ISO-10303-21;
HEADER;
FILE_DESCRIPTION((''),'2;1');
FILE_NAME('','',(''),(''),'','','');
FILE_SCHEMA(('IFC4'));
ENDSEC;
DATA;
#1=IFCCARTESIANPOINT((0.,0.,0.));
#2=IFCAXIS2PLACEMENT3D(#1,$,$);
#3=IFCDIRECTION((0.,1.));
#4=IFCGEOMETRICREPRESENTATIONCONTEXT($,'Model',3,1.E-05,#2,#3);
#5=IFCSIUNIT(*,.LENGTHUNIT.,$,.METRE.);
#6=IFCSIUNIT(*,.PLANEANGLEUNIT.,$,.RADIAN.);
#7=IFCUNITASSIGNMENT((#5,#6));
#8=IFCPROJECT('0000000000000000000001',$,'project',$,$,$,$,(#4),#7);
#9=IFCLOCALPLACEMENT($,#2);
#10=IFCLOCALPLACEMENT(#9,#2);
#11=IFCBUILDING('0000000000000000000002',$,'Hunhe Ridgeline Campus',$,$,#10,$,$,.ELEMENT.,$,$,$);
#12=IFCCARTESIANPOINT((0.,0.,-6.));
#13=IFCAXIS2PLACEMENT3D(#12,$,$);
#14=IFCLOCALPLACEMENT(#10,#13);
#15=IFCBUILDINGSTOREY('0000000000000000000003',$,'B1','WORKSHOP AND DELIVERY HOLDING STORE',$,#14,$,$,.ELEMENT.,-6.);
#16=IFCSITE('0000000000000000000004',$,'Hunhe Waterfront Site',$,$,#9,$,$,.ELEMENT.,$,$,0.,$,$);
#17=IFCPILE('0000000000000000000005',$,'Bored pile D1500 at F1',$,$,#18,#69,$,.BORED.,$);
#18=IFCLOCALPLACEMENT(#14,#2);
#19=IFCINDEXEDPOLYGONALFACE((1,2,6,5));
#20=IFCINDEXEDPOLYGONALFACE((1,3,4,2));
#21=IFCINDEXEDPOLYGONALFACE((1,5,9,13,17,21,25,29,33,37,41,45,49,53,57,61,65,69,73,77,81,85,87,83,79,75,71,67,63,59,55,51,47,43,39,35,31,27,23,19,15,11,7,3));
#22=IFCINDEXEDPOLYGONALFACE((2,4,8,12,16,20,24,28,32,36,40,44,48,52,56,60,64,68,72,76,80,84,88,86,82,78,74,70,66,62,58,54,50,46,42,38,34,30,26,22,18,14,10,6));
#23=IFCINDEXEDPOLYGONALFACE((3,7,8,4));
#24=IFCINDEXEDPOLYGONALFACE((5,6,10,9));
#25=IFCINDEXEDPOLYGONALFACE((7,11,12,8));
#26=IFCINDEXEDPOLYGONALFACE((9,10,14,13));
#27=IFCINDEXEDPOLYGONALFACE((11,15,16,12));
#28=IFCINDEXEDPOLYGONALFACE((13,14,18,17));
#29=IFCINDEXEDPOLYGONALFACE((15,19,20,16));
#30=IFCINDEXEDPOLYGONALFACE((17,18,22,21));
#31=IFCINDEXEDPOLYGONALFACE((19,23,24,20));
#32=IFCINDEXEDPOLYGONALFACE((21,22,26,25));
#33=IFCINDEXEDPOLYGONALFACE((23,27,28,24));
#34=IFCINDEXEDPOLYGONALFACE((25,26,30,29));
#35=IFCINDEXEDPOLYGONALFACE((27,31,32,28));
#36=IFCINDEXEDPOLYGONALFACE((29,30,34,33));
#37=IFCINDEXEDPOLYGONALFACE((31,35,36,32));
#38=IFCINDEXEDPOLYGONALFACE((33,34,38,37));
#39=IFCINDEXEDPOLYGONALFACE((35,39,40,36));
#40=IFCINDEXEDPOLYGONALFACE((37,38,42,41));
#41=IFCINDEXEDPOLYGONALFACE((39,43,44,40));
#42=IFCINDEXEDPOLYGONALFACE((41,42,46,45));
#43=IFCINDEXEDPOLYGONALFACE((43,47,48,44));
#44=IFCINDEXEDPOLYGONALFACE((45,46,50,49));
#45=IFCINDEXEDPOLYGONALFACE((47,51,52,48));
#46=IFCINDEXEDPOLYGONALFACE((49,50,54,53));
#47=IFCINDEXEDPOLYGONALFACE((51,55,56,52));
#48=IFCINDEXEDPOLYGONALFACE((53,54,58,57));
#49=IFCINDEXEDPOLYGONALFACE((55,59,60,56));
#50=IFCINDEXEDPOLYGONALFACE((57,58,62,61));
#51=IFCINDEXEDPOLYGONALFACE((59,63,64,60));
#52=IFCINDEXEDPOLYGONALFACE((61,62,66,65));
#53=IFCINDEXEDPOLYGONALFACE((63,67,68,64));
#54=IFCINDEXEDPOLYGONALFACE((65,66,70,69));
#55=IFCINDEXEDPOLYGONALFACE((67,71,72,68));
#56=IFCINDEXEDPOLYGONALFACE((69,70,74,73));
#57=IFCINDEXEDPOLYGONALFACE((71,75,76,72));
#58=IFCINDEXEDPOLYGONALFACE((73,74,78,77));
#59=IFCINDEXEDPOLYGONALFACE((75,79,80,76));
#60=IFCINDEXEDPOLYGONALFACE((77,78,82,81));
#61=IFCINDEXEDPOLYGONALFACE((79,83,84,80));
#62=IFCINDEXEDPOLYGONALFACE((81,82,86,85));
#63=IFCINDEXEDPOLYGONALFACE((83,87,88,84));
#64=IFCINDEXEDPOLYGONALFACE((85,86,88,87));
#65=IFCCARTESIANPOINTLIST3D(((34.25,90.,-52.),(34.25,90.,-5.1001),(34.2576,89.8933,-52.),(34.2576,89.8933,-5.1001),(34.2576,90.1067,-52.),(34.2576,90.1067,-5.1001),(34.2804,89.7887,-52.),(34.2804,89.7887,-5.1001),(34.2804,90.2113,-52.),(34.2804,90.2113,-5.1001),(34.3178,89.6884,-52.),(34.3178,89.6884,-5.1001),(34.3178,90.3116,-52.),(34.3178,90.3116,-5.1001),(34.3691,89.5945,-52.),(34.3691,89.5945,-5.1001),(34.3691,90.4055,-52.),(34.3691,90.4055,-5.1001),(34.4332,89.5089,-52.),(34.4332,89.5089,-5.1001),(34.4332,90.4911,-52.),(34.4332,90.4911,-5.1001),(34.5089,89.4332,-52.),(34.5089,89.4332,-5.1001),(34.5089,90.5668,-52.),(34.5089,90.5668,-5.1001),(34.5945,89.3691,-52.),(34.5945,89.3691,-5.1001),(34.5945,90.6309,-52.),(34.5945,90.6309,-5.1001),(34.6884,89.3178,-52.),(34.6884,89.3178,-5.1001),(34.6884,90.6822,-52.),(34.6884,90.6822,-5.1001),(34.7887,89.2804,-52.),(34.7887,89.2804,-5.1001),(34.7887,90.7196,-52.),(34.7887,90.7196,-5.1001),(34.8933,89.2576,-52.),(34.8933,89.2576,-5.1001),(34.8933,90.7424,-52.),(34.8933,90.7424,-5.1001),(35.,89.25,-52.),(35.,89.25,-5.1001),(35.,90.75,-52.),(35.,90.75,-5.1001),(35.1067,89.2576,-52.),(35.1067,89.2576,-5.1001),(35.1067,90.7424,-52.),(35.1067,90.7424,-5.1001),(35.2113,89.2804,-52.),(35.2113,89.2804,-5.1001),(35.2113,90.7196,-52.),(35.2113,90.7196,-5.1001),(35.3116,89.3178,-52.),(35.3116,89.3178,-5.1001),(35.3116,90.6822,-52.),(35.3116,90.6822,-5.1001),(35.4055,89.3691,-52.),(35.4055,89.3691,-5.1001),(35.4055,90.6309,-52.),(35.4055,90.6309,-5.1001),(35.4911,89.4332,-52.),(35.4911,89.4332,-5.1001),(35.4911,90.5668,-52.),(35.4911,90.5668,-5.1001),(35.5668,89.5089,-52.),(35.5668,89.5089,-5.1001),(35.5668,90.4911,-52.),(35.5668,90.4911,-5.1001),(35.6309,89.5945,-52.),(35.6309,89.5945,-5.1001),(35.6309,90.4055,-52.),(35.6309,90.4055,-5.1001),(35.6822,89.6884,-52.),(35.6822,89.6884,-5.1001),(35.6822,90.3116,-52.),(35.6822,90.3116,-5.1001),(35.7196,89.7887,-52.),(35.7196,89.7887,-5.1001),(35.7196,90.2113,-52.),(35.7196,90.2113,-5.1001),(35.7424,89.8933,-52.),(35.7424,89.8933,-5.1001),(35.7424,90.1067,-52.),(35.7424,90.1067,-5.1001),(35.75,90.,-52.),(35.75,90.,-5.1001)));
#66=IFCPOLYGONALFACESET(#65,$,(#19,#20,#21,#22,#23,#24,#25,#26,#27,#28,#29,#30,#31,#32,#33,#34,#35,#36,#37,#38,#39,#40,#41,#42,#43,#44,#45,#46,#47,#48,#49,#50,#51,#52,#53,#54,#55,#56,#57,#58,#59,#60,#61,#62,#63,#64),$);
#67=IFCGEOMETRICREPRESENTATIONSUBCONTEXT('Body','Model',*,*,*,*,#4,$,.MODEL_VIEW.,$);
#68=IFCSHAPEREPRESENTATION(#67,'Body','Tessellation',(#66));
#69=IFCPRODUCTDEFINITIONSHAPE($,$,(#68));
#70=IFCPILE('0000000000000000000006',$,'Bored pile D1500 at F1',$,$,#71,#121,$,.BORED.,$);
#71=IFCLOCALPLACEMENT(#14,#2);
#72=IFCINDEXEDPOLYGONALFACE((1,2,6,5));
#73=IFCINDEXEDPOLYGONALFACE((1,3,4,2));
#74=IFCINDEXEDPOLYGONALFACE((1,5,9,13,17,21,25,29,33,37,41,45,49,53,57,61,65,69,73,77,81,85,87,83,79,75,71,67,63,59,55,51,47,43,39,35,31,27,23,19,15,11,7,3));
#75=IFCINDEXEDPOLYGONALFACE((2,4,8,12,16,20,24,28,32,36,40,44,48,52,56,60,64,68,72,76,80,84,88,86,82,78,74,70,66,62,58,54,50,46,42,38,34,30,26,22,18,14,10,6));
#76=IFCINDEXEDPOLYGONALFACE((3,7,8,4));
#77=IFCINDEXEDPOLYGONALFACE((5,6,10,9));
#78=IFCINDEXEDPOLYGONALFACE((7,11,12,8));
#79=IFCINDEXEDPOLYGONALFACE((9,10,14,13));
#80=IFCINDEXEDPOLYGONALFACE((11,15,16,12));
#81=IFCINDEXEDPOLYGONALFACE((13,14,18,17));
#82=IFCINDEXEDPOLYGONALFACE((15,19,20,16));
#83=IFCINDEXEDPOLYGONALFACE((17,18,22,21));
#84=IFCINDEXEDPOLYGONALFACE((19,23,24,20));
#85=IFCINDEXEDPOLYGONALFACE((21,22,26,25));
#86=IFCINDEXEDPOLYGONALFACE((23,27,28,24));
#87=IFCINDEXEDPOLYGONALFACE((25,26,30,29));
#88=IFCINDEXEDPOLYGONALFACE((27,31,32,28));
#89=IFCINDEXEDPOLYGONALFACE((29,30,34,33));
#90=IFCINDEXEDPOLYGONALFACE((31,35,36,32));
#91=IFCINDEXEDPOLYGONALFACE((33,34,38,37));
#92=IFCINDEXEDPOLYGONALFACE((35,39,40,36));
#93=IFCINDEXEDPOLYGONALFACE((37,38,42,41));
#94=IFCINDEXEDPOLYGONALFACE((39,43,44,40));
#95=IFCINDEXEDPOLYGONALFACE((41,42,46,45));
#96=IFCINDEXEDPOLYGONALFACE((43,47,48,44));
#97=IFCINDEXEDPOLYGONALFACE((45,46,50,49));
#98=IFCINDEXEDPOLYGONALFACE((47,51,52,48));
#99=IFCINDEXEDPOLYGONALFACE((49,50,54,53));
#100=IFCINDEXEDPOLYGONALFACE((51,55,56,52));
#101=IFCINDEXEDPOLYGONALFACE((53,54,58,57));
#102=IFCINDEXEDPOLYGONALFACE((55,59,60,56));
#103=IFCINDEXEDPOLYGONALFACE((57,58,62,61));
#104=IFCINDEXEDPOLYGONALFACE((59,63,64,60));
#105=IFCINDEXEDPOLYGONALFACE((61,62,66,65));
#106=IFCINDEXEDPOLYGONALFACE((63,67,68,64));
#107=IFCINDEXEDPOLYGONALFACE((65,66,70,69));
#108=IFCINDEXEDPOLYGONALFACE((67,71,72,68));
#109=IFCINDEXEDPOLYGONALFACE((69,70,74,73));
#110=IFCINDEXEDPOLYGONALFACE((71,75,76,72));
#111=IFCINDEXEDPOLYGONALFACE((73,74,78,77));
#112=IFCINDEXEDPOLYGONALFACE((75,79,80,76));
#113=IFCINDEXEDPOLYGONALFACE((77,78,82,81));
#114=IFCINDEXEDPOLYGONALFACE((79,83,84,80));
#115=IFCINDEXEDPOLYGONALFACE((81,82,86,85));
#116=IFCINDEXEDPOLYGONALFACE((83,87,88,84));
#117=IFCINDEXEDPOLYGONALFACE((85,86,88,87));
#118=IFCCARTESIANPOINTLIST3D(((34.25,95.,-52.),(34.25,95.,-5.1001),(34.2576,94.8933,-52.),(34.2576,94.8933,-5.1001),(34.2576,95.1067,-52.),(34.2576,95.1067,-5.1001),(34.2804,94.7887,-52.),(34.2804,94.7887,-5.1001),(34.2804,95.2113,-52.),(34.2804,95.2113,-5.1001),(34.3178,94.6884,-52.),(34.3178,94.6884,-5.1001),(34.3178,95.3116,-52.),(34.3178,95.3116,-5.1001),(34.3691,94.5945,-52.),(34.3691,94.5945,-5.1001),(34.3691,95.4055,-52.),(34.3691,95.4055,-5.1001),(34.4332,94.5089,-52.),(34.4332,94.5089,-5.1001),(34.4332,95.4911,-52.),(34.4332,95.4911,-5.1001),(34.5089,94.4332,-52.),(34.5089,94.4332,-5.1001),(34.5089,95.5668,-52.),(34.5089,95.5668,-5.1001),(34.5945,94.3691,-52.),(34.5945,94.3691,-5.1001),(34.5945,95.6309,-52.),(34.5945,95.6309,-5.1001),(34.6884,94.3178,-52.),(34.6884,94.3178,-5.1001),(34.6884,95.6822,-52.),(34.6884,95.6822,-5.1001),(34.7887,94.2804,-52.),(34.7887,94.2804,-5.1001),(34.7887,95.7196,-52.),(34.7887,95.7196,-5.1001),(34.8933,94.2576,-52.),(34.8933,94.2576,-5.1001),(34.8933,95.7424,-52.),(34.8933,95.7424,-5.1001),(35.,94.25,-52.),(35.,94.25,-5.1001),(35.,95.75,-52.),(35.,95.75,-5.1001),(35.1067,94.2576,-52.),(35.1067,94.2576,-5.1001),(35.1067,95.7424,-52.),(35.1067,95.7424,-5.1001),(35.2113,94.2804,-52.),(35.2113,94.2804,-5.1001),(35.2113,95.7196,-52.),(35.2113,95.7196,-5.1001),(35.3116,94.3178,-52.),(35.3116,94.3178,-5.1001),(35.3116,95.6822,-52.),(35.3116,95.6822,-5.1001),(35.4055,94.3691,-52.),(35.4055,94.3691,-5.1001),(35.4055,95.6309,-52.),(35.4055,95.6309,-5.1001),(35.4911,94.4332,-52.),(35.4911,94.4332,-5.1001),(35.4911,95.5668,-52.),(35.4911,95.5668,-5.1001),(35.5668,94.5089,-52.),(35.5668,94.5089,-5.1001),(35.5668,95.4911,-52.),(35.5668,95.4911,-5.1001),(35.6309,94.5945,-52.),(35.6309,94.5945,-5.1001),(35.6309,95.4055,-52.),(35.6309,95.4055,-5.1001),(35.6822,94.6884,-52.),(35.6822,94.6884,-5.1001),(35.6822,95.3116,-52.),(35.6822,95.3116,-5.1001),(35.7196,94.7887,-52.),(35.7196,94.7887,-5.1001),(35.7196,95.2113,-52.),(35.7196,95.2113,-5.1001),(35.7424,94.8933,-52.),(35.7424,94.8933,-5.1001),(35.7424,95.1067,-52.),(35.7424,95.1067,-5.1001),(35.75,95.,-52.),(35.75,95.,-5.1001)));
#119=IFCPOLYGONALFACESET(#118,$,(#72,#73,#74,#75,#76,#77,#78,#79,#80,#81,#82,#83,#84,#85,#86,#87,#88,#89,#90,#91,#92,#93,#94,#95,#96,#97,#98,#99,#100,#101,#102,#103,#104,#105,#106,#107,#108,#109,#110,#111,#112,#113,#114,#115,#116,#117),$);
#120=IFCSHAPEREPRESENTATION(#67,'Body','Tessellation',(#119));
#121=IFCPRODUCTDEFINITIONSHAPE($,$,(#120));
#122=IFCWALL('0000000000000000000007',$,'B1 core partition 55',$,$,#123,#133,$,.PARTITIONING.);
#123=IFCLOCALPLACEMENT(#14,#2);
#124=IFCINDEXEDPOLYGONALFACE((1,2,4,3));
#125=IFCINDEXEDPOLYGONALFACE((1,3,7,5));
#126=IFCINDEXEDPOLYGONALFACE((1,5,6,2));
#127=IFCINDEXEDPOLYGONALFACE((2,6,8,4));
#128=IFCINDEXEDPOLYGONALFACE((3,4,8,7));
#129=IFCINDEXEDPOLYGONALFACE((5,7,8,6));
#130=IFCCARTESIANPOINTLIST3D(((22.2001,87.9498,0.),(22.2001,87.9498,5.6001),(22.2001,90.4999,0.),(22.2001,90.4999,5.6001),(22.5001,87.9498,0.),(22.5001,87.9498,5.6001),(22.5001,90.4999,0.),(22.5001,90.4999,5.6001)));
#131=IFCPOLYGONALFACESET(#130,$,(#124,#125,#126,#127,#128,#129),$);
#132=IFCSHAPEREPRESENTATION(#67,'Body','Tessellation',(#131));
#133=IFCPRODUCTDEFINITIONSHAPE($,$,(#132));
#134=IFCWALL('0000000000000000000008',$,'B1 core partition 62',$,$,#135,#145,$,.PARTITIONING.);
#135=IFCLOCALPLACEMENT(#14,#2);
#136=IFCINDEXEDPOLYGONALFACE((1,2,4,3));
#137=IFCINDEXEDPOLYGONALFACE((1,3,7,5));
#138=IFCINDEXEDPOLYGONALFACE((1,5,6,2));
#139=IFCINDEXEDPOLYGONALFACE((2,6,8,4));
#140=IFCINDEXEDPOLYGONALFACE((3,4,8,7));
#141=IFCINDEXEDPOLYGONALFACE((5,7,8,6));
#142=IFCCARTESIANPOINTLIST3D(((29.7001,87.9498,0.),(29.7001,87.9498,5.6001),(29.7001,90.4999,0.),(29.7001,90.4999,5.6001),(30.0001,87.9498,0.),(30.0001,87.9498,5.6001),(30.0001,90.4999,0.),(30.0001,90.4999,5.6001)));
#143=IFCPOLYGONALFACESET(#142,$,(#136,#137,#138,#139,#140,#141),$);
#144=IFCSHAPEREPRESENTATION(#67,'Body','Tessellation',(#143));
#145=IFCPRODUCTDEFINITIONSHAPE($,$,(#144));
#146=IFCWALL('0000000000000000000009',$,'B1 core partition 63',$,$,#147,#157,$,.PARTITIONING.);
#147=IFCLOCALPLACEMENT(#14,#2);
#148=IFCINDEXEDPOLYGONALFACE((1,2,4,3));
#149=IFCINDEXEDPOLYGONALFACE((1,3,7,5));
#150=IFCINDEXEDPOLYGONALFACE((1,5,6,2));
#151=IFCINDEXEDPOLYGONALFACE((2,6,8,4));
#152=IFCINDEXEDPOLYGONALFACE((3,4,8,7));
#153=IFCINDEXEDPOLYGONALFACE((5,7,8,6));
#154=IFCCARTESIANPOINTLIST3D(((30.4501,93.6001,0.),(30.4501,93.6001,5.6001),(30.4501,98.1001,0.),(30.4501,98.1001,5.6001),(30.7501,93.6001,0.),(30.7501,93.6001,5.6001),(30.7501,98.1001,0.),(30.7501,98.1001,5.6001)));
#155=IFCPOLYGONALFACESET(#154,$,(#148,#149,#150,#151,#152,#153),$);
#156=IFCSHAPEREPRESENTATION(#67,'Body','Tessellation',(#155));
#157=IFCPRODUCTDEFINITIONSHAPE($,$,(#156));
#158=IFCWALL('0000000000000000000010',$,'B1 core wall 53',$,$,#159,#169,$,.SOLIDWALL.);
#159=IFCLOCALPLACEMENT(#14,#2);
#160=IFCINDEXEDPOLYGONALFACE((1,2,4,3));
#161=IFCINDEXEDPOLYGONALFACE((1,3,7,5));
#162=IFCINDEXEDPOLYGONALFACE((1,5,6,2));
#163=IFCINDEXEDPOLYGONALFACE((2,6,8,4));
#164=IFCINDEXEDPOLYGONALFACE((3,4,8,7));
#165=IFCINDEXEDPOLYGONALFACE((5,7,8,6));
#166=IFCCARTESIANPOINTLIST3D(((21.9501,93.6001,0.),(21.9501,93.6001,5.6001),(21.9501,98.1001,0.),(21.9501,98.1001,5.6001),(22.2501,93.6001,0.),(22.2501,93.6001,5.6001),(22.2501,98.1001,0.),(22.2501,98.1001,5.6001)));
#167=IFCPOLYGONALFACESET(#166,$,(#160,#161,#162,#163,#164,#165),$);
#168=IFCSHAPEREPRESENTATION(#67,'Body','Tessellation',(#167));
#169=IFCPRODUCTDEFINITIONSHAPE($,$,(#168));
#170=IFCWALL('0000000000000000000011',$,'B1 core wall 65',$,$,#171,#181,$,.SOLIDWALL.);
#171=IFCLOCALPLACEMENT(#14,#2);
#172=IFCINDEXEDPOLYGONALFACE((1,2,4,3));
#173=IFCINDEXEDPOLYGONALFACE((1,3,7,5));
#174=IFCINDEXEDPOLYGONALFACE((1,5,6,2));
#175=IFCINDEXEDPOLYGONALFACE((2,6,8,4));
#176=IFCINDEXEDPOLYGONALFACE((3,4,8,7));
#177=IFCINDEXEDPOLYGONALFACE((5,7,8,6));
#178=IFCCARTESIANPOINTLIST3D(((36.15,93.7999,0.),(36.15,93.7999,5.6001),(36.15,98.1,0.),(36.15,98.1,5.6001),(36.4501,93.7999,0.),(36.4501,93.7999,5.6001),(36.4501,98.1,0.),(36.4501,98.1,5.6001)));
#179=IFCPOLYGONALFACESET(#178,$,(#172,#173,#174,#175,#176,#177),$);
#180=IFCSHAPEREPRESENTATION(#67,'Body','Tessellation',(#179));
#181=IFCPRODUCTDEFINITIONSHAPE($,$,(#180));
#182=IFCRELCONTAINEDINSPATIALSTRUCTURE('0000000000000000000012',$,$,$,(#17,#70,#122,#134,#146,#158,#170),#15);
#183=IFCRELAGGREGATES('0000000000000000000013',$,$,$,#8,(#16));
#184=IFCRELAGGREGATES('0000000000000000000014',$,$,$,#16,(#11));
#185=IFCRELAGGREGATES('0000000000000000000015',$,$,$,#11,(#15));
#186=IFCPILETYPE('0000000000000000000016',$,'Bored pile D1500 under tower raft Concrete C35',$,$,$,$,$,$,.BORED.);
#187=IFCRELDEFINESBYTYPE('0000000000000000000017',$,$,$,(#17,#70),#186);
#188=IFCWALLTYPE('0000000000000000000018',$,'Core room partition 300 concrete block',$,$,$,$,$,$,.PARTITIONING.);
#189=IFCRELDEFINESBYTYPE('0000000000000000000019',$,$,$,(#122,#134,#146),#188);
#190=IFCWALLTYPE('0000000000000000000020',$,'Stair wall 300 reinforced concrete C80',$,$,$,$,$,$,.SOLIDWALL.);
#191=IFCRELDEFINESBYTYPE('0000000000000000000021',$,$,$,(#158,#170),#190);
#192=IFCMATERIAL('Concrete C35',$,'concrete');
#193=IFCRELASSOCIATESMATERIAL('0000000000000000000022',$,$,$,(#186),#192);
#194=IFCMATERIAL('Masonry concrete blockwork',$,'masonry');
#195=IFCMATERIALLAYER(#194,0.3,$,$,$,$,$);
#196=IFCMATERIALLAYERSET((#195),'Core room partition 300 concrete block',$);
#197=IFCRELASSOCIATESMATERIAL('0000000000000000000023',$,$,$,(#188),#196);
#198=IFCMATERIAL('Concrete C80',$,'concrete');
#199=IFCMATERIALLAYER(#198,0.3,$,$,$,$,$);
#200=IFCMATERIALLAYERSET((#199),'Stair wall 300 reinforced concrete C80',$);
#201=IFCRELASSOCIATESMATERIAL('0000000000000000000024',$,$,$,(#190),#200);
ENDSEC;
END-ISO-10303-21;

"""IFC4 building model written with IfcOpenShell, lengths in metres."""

from ifc_helpers import new_model, si_unit, direction, frame, frame_2d, origin, origin_2d, place, context, subcontext, project, spatial, rectangle, circle, extrude, material, layer, layer_set, material_profile, profile_set, type_object, element, save


model = new_model("IFC4")

# Units and contexts
model_context = context("Model", 3, precision=1e-05, world=origin(), true_north=direction((0.0, 1.0)))
body_context = subcontext(model_context, "Body", "Model", "MODEL_VIEW")
ifc_project = project(units=[si_unit("LENGTHUNIT", "METRE"), si_unit("PLANEANGLEUNIT", "RADIAN")], contexts=[model_context])

# Site, building, storey
site_placement = place(None, origin())
site = spatial("IfcSite", under=ifc_project, at=site_placement, Name="Hunhe Waterfront Site", CompositionType="ELEMENT", RefElevation=0.0)
building_placement = place(site_placement, origin())
building = spatial("IfcBuilding", under=site, at=building_placement, Name="Hunhe Ridgeline Campus", CompositionType="ELEMENT")
storey_placement = place(building_placement, frame((0.0, 0.0, -6.0)))
storey = spatial("IfcBuildingStorey", under=building, at=storey_placement, Name="B1", Description="WORKSHOP AND DELIVERY HOLDING STORE", CompositionType="ELEMENT", Elevation=-6.0)

# Piles
ifc_material_1 = material(Name="Concrete C35", Category="concrete")
ifc_material_profile = material_profile(ifc_material_1, circle(Radius=0.75, at=origin_2d()))
ifc_profile_set = profile_set([ifc_material_profile], Name="Concrete C35")
pile_type = type_object("IfcPileType", Name="Bored pile D1500 under tower raft Concrete C35", PredefinedType="BORED", material=ifc_profile_set)
for number, where, z_axis, x_axis, name in (
    (1, (35.0, 90.0, -5.1001), (0.0, 0.0, -1.0), (1.0, 0.0, 0.0), "Bored pile D1500 at F1"),
    (2, (35.0, 95.0, -5.1001), (0.0, 0.0, -1.0), (1.0, 0.0, 0.0), "Bored pile D1500 at F1"),
):
    element("IfcPile", number, at=place(storey_placement, frame(where, z_axis=z_axis, x_axis=x_axis)), inside=storey, type_object=pile_type, Name=name, PredefinedType="BORED", context=body_context, shape_type="SweptSolid", body=[
        extrude(circle(Radius=0.75, at=origin_2d()), origin(), (0.0, 0.0, 1.0), 46.8999),
    ])

# Walls
ifc_material_2 = material(Name="Masonry concrete blockwork", Category="masonry")
ifc_layer_1 = layer(ifc_material_2, 0.3)
ifc_layer_set_1 = layer_set([ifc_layer_1], Name="Core room partition 300 concrete block")
wall_type_1 = type_object("IfcWallType", Name="Core room partition 300 concrete block", PredefinedType="PARTITIONING", material=ifc_layer_set_1)
for number, where, z_axis, x_axis, name in (
    (3, (22.3501, 87.95, 0.0), (0.0, 0.0, 1.0), (0.0, 1.0, 0.0), "B1 core partition 55"),
    (4, (29.8501, 87.95, 0.0), (0.0, 0.0, 1.0), (0.0, 1.0, 0.0), "B1 core partition 62"),
):
    element("IfcWall", number, at=place(storey_placement, frame(where, z_axis=z_axis, x_axis=x_axis)), inside=storey, type_object=wall_type_1, Name=name, PredefinedType="PARTITIONING", context=body_context, shape_type="SweptSolid", body=[
        extrude(rectangle(XDim=2.55, YDim=0.3, at=frame_2d((1.2749, 0.0))), origin(), (0.0, 0.0, 1.0), 5.6001),
    ])
wall_1_placement = place(storey_placement, frame((30.6001, 93.6001, 0.0), z_axis=(0.0, 0.0, 1.0), x_axis=(0.0, 1.0, 0.0)))
element("IfcWall", 5, at=wall_1_placement, inside=storey, type_object=wall_type_1, Name="B1 core partition 63", PredefinedType="PARTITIONING", context=body_context, shape_type="SweptSolid", body=[
    extrude(rectangle(XDim=4.5, YDim=0.3, at=frame_2d((2.25, 0.0))), origin(), (0.0, 0.0, 1.0), 5.6001),
])

# Shared definitions
ifc_material_3 = material(Name="Concrete C80", Category="concrete")
ifc_layer_2 = layer(ifc_material_3, 0.3)
ifc_layer_set_2 = layer_set([ifc_layer_2], Name="Stair wall 300 reinforced concrete C80")
wall_type_2 = type_object("IfcWallType", Name="Stair wall 300 reinforced concrete C80", PredefinedType="SOLIDWALL", material=ifc_layer_set_2)

# Walls
wall_2_placement = place(storey_placement, frame((22.1001, 93.6001, 0.0), z_axis=(0.0, 0.0, 1.0), x_axis=(0.0, 1.0, 0.0)))
element("IfcWall", 6, at=wall_2_placement, inside=storey, type_object=wall_type_2, Name="B1 core wall 53", PredefinedType="SOLIDWALL", context=body_context, shape_type="SweptSolid", body=[
    extrude(rectangle(XDim=4.5, YDim=0.3, at=frame_2d((2.25, 0.0))), origin(), (0.0, 0.0, 1.0), 5.6001),
])
wall_3_placement = place(storey_placement, frame((36.3, 93.8, 0.0), z_axis=(0.0, 0.0, 1.0), x_axis=(0.0, 1.0, 0.0)))
element("IfcWall", 7, at=wall_3_placement, inside=storey, type_object=wall_type_2, Name="B1 core wall 65", PredefinedType="SOLIDWALL", context=body_context, shape_type="SweptSolid", body=[
    extrude(rectangle(XDim=4.3, YDim=0.3, at=frame_2d((2.1499, 0.0))), origin(), (0.0, 0.0, 1.0), 5.6001),
])

save(model, "model.ifc")
